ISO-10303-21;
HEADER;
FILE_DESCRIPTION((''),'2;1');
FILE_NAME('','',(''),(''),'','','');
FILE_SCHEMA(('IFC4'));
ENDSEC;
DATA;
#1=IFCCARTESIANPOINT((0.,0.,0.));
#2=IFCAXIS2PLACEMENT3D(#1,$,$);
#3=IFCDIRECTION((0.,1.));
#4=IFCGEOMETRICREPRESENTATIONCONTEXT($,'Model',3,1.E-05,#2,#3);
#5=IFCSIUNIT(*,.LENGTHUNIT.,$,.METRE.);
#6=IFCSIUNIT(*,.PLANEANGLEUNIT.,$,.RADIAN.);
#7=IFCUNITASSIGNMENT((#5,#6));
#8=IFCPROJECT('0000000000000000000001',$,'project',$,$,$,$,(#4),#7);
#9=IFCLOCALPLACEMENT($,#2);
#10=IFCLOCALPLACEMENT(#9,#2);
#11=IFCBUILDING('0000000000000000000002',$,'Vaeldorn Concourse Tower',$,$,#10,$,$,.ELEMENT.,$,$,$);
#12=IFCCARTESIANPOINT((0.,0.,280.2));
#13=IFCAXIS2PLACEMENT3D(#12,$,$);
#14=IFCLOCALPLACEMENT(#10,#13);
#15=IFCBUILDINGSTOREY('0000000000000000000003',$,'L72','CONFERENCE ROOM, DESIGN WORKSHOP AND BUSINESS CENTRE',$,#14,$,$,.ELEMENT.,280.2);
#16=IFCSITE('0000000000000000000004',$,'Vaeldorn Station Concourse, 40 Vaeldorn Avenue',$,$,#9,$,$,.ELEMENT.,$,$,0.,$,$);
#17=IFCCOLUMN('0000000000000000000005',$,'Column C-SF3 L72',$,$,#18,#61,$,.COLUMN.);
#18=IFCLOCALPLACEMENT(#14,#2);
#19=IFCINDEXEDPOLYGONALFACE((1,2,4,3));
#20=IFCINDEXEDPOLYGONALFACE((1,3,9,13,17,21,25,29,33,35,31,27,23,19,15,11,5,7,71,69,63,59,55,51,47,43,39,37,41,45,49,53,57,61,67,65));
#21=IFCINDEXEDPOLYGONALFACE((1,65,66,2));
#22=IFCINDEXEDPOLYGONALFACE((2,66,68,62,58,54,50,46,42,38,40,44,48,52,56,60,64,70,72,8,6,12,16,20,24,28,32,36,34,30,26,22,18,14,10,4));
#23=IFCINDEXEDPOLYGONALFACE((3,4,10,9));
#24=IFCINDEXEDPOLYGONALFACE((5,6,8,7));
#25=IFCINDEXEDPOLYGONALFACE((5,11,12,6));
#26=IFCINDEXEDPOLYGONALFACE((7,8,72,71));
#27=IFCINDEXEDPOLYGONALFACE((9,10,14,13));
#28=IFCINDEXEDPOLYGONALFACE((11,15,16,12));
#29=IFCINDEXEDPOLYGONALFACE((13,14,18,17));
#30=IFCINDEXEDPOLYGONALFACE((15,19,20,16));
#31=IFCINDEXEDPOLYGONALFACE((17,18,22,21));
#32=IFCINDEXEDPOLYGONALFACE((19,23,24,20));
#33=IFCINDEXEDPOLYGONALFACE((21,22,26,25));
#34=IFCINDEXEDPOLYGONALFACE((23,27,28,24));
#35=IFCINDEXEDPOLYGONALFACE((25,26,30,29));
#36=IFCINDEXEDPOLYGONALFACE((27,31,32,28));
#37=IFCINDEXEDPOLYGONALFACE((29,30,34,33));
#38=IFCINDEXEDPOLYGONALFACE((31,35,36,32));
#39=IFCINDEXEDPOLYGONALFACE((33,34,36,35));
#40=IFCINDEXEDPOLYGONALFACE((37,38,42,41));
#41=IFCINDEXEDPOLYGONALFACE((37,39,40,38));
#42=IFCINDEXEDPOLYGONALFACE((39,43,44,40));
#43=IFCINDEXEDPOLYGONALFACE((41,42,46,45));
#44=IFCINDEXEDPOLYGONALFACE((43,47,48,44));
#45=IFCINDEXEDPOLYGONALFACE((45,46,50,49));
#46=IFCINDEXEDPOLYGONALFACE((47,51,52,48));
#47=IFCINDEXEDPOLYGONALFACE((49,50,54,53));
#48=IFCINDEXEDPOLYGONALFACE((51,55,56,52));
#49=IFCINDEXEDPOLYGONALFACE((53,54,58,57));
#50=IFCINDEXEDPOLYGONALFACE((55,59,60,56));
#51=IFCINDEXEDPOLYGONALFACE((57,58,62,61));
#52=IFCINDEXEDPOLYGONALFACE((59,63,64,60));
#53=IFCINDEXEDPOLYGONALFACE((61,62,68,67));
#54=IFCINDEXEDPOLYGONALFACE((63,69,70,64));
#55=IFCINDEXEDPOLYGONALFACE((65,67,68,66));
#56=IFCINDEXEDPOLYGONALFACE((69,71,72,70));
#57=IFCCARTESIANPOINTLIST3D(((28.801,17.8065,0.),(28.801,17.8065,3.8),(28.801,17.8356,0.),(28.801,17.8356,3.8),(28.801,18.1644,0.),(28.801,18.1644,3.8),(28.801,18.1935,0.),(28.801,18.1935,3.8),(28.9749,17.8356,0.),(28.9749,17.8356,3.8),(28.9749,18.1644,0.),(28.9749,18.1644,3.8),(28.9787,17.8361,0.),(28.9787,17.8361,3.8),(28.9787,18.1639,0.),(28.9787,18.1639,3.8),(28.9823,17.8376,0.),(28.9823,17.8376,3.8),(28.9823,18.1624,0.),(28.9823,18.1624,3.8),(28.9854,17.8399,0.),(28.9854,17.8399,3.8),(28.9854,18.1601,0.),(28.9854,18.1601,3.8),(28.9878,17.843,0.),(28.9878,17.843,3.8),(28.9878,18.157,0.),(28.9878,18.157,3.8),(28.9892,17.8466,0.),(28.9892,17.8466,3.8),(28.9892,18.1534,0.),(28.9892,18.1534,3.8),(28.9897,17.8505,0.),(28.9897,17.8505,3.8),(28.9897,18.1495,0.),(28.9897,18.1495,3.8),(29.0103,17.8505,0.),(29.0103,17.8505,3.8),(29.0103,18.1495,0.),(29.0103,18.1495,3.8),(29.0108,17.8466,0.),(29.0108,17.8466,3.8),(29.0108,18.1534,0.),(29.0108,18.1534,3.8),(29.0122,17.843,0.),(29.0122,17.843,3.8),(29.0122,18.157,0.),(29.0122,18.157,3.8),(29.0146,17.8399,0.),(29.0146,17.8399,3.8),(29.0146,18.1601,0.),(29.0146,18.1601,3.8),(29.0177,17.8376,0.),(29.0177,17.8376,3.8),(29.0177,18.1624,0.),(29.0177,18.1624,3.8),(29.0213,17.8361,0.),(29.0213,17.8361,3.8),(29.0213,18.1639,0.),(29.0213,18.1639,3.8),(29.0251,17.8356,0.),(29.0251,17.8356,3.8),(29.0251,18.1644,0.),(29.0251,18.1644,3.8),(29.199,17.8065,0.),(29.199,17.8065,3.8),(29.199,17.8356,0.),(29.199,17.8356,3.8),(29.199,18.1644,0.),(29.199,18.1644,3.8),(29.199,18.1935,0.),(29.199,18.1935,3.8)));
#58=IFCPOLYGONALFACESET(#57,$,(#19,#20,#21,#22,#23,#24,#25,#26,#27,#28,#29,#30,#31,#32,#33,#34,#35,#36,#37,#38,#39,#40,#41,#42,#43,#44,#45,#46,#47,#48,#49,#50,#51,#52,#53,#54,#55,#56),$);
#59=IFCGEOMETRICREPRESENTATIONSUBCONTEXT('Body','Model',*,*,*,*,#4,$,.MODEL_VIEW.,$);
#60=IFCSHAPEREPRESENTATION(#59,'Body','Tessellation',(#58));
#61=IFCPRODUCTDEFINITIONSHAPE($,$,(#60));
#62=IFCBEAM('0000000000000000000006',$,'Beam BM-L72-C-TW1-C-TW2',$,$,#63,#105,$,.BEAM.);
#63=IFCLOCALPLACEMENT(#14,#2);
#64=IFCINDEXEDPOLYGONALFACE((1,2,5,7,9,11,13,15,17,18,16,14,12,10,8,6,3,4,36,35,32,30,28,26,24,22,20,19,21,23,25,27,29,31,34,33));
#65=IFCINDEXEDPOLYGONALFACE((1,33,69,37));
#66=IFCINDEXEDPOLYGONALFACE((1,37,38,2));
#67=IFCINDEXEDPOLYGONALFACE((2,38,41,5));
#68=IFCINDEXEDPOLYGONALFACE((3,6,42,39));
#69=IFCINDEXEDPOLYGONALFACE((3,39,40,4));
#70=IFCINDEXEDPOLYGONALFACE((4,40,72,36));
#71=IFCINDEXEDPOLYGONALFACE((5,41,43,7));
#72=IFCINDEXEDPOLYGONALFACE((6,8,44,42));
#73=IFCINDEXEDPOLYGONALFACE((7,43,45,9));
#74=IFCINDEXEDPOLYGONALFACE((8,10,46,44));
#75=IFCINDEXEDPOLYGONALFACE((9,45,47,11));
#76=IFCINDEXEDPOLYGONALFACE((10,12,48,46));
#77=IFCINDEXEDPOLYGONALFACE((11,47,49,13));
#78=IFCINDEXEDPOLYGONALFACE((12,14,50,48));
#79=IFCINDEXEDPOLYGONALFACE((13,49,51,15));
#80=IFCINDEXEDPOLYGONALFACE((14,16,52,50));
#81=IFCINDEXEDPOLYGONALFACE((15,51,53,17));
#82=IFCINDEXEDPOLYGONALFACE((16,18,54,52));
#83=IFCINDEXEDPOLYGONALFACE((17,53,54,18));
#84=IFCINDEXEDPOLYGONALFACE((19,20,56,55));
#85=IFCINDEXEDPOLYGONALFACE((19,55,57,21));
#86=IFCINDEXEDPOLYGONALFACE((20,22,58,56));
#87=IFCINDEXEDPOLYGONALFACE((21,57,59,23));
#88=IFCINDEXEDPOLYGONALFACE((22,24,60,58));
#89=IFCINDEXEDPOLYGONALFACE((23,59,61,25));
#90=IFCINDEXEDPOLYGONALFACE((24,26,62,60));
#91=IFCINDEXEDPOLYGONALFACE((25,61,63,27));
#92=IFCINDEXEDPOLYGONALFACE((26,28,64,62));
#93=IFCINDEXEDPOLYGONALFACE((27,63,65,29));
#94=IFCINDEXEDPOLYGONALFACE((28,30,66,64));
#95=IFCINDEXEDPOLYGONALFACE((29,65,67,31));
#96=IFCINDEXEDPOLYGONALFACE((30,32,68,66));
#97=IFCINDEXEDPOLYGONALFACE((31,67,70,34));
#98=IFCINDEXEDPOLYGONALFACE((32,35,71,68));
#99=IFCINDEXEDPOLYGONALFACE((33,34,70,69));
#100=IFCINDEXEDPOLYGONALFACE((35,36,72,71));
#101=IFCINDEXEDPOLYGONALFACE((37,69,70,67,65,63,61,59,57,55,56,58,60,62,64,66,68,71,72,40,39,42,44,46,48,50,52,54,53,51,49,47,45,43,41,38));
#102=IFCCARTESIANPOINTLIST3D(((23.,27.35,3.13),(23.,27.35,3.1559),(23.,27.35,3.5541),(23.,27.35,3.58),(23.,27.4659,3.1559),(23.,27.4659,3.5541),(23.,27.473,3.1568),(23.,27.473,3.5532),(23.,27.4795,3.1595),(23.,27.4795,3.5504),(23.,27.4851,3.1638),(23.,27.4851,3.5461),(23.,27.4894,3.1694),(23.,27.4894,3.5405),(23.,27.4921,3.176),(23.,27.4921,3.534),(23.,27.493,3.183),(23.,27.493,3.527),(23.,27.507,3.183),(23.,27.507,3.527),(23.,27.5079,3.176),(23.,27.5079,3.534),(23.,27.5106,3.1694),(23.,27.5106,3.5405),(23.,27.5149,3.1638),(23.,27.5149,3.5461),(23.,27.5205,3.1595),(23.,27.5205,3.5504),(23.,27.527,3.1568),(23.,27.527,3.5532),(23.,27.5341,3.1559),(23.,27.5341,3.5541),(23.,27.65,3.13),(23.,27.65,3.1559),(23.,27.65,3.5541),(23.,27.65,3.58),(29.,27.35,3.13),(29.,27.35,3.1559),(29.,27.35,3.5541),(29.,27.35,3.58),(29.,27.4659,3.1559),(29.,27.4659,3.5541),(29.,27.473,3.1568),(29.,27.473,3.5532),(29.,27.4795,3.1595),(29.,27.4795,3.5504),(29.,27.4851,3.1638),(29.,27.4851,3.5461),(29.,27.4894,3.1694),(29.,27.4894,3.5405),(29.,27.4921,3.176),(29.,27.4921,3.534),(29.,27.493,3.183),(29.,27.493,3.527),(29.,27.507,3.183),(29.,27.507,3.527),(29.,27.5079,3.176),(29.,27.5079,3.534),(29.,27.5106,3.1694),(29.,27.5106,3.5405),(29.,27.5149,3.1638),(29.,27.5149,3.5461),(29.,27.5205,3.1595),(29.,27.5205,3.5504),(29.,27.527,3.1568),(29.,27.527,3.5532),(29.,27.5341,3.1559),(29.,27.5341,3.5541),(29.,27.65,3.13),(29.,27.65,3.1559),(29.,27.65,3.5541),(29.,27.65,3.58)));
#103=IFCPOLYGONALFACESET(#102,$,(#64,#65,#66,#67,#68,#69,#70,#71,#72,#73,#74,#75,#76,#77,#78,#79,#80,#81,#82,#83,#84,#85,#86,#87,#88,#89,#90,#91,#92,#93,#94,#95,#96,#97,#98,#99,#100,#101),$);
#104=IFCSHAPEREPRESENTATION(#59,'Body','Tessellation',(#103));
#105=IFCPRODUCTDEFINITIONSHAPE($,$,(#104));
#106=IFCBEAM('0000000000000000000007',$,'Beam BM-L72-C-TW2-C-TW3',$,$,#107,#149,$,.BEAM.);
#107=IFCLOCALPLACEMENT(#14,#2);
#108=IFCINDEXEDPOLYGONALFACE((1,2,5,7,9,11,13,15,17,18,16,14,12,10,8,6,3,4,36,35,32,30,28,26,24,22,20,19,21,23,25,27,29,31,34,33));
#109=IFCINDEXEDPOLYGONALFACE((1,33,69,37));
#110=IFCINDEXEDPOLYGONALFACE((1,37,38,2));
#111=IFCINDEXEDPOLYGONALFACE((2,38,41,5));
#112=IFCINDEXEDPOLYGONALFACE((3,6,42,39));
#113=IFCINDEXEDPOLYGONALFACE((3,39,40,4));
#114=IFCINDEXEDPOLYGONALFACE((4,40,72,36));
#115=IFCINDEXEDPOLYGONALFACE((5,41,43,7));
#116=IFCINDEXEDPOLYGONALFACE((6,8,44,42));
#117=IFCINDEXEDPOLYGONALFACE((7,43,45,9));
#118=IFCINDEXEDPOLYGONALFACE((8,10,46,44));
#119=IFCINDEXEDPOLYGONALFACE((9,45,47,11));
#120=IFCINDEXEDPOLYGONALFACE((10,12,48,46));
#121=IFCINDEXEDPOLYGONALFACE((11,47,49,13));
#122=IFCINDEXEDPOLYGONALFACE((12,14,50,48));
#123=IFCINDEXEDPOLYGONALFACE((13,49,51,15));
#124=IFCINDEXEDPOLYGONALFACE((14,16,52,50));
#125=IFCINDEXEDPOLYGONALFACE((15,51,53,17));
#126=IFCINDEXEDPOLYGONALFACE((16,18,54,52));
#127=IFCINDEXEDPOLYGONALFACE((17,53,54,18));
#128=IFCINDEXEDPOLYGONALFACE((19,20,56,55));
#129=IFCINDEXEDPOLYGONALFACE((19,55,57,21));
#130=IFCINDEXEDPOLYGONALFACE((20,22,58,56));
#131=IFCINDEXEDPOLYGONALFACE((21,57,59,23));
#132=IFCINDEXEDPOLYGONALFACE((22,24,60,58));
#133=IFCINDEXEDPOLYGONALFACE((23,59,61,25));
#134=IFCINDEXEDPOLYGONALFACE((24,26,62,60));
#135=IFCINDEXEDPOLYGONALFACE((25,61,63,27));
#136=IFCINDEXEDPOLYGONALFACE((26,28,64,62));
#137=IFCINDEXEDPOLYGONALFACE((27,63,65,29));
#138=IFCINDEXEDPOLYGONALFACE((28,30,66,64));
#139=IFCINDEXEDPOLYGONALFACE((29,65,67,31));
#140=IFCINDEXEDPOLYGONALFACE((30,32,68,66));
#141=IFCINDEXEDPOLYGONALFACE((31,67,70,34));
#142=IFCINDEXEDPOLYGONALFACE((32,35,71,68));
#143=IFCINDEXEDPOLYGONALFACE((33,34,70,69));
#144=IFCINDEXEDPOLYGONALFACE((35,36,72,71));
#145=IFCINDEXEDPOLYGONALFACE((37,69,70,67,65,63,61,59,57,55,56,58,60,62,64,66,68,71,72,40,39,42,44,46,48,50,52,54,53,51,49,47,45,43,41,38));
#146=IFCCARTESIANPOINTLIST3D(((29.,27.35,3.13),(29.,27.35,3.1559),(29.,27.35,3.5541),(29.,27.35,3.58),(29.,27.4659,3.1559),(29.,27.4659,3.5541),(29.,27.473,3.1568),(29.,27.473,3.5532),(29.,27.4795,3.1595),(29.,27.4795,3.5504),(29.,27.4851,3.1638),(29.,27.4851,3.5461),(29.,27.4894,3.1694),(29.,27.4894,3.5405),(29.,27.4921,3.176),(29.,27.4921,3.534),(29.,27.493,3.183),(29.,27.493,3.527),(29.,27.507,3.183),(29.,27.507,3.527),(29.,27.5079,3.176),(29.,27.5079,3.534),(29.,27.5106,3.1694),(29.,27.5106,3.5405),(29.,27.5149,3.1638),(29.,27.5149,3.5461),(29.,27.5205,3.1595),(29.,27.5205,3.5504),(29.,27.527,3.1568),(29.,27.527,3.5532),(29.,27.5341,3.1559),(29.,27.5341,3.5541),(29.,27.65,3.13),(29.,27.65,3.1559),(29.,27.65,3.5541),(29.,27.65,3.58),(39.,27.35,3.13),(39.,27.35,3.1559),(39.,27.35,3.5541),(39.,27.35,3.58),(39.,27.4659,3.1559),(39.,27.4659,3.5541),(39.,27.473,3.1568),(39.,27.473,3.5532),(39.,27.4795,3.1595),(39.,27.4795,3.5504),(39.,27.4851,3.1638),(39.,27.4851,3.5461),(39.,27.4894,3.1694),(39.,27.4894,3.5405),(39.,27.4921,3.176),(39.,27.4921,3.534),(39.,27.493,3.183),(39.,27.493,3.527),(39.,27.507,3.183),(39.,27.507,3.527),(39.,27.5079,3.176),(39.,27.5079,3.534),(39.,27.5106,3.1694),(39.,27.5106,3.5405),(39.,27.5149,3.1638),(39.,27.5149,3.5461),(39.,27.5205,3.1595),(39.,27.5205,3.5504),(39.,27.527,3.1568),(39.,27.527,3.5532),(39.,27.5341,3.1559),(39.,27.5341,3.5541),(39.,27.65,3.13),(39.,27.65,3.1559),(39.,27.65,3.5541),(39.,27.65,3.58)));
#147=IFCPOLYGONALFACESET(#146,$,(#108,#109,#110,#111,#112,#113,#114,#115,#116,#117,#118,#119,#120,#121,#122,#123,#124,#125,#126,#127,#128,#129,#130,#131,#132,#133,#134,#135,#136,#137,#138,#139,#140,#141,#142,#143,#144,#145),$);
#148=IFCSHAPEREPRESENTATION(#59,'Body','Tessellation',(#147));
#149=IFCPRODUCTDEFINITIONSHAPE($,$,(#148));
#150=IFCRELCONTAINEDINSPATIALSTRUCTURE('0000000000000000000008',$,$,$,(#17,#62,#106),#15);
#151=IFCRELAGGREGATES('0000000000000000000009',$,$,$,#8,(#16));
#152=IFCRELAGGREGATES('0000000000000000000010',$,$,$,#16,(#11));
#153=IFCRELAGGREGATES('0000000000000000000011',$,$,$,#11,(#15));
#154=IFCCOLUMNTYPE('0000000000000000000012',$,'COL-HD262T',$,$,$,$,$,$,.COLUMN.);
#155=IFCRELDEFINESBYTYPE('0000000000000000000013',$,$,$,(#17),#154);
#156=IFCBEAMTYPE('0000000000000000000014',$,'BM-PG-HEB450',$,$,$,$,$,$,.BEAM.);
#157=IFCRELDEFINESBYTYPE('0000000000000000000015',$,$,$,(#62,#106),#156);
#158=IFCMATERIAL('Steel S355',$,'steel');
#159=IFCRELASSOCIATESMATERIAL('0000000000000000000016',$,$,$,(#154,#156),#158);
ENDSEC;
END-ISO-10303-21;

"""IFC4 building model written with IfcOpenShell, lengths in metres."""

from ifc_helpers import new_model, si_unit, direction, frame, origin, origin_2d, place, context, subcontext, project, spatial, i_section, extrude, source, transform, mapped, material, material_profile, profile_set, type_object, element, save


model = new_model("IFC4")

# Units and contexts
model_context = context("Model", 3, precision=1e-05, world=origin(), true_north=direction((0.0, 1.0)))
body_context = subcontext(model_context, "Body", "Model", "MODEL_VIEW")
ifc_project = project(units=[si_unit("LENGTHUNIT", "METRE"), si_unit("PLANEANGLEUNIT", "RADIAN")], contexts=[model_context])

# Site, building, storey
site_placement = place(None, origin())
site = spatial("IfcSite", under=ifc_project, at=site_placement, Name="Vaeldorn Station Concourse, 40 Vaeldorn Avenue", CompositionType="ELEMENT", RefElevation=0.0)
building_placement = place(site_placement, origin())
building = spatial("IfcBuilding", under=site, at=building_placement, Name="Vaeldorn Concourse Tower", CompositionType="ELEMENT")
storey_placement = place(building_placement, frame((0.0, 0.0, 280.2)))
storey = spatial("IfcBuildingStorey", under=building, at=storey_placement, Name="L72", Description="CONFERENCE ROOM, DESIGN WORKSHOP AND BUSINESS CENTRE", CompositionType="ELEMENT", Elevation=280.2)

# Column
ifc_material_1 = material(Name="Steel S355", Category="steel")
ifc_material_profile_1 = material_profile(ifc_material_1, i_section(OverallWidth=0.3979, OverallDepth=0.387, WebThickness=0.0205, FlangeThickness=0.0291, FilletRadius=0.0149, at=origin_2d()), Name="HD 400x262")
ifc_profile_set_1 = profile_set([ifc_material_profile_1], Name="Steel S355")
column_type_1 = type_object("IfcColumnType", Name="COL-HD262T", PredefinedType="COLUMN", material=ifc_profile_set_1)
shared_shape_1 = source(origin(), body_context, "Body", "SweptSolid", [
    extrude(i_section(OverallWidth=0.3979, OverallDepth=0.387, WebThickness=0.0205, FlangeThickness=0.0291, FilletRadius=0.0149, at=origin_2d()), origin(), (0.0, 0.0, 1.0), 3.8),
])
for number, where, z_axis, x_axis, name in (
    (1, (29.0, 18.0, 0.0), (0.0, 0.0, 1.0), (1.0, 0.0, 0.0), "Column C-SF3 L72"),
):
    element("IfcColumn", number, at=place(storey_placement, frame(where, z_axis=z_axis, x_axis=x_axis)), inside=storey, type_object=column_type_1, Name=name, PredefinedType="COLUMN", context=body_context, shape_type="MappedRepresentation", body=[
        mapped(shared_shape_1, transform((0.0, 0.0, 0.0), scale=1.0)),
    ])

# Beams
ifc_material_profile_2 = material_profile(ifc_material_1, i_section(OverallWidth=0.3, OverallDepth=0.45, WebThickness=0.0139, FlangeThickness=0.0259, FilletRadius=0.0271, at=origin_2d()), Name="HEB 450")
ifc_profile_set_2 = profile_set([ifc_material_profile_2], Name="Steel S355")
beam_type_1 = type_object("IfcBeamType", Name="BM-PG-HEB450", PredefinedType="BEAM", material=ifc_profile_set_2)
shared_shape_2 = source(origin(), body_context, "Body", "SweptSolid", [
    extrude(i_section(OverallWidth=0.3, OverallDepth=0.45, WebThickness=0.0139, FlangeThickness=0.0259, FilletRadius=0.0271, at=origin_2d()), origin(), (0.0, 0.0, 1.0), 6.0),
])
beam_1_placement = place(storey_placement, frame((23.0, 27.5, 3.355), z_axis=(1.0, 0.0, 0.0), x_axis=(0.0, 1.0, 0.0)))
element("IfcBeam", 2, at=beam_1_placement, inside=storey, type_object=beam_type_1, Name="Beam BM-L72-C-TW1-C-TW2", PredefinedType="BEAM", context=body_context, shape_type="MappedRepresentation", body=[
    mapped(shared_shape_2, transform((0.0, 0.0, 0.0), scale=1.0)),
])
shared_shape_3 = source(origin(), body_context, "Body", "SweptSolid", [
    extrude(i_section(OverallWidth=0.3, OverallDepth=0.45, WebThickness=0.0139, FlangeThickness=0.0259, FilletRadius=0.0271, at=origin_2d()), origin(), (0.0, 0.0, 1.0), 10.0),
])
beam_2_placement = place(storey_placement, frame((29.0, 27.5, 3.355), z_axis=(1.0, 0.0, 0.0), x_axis=(0.0, 1.0, 0.0)))
element("IfcBeam", 3, at=beam_2_placement, inside=storey, type_object=beam_type_1, Name="Beam BM-L72-C-TW2-C-TW3", PredefinedType="BEAM", context=body_context, shape_type="MappedRepresentation", body=[
    mapped(shared_shape_3, transform((0.0, 0.0, 0.0), scale=1.0)),
])

save(model, "model.ifc")
